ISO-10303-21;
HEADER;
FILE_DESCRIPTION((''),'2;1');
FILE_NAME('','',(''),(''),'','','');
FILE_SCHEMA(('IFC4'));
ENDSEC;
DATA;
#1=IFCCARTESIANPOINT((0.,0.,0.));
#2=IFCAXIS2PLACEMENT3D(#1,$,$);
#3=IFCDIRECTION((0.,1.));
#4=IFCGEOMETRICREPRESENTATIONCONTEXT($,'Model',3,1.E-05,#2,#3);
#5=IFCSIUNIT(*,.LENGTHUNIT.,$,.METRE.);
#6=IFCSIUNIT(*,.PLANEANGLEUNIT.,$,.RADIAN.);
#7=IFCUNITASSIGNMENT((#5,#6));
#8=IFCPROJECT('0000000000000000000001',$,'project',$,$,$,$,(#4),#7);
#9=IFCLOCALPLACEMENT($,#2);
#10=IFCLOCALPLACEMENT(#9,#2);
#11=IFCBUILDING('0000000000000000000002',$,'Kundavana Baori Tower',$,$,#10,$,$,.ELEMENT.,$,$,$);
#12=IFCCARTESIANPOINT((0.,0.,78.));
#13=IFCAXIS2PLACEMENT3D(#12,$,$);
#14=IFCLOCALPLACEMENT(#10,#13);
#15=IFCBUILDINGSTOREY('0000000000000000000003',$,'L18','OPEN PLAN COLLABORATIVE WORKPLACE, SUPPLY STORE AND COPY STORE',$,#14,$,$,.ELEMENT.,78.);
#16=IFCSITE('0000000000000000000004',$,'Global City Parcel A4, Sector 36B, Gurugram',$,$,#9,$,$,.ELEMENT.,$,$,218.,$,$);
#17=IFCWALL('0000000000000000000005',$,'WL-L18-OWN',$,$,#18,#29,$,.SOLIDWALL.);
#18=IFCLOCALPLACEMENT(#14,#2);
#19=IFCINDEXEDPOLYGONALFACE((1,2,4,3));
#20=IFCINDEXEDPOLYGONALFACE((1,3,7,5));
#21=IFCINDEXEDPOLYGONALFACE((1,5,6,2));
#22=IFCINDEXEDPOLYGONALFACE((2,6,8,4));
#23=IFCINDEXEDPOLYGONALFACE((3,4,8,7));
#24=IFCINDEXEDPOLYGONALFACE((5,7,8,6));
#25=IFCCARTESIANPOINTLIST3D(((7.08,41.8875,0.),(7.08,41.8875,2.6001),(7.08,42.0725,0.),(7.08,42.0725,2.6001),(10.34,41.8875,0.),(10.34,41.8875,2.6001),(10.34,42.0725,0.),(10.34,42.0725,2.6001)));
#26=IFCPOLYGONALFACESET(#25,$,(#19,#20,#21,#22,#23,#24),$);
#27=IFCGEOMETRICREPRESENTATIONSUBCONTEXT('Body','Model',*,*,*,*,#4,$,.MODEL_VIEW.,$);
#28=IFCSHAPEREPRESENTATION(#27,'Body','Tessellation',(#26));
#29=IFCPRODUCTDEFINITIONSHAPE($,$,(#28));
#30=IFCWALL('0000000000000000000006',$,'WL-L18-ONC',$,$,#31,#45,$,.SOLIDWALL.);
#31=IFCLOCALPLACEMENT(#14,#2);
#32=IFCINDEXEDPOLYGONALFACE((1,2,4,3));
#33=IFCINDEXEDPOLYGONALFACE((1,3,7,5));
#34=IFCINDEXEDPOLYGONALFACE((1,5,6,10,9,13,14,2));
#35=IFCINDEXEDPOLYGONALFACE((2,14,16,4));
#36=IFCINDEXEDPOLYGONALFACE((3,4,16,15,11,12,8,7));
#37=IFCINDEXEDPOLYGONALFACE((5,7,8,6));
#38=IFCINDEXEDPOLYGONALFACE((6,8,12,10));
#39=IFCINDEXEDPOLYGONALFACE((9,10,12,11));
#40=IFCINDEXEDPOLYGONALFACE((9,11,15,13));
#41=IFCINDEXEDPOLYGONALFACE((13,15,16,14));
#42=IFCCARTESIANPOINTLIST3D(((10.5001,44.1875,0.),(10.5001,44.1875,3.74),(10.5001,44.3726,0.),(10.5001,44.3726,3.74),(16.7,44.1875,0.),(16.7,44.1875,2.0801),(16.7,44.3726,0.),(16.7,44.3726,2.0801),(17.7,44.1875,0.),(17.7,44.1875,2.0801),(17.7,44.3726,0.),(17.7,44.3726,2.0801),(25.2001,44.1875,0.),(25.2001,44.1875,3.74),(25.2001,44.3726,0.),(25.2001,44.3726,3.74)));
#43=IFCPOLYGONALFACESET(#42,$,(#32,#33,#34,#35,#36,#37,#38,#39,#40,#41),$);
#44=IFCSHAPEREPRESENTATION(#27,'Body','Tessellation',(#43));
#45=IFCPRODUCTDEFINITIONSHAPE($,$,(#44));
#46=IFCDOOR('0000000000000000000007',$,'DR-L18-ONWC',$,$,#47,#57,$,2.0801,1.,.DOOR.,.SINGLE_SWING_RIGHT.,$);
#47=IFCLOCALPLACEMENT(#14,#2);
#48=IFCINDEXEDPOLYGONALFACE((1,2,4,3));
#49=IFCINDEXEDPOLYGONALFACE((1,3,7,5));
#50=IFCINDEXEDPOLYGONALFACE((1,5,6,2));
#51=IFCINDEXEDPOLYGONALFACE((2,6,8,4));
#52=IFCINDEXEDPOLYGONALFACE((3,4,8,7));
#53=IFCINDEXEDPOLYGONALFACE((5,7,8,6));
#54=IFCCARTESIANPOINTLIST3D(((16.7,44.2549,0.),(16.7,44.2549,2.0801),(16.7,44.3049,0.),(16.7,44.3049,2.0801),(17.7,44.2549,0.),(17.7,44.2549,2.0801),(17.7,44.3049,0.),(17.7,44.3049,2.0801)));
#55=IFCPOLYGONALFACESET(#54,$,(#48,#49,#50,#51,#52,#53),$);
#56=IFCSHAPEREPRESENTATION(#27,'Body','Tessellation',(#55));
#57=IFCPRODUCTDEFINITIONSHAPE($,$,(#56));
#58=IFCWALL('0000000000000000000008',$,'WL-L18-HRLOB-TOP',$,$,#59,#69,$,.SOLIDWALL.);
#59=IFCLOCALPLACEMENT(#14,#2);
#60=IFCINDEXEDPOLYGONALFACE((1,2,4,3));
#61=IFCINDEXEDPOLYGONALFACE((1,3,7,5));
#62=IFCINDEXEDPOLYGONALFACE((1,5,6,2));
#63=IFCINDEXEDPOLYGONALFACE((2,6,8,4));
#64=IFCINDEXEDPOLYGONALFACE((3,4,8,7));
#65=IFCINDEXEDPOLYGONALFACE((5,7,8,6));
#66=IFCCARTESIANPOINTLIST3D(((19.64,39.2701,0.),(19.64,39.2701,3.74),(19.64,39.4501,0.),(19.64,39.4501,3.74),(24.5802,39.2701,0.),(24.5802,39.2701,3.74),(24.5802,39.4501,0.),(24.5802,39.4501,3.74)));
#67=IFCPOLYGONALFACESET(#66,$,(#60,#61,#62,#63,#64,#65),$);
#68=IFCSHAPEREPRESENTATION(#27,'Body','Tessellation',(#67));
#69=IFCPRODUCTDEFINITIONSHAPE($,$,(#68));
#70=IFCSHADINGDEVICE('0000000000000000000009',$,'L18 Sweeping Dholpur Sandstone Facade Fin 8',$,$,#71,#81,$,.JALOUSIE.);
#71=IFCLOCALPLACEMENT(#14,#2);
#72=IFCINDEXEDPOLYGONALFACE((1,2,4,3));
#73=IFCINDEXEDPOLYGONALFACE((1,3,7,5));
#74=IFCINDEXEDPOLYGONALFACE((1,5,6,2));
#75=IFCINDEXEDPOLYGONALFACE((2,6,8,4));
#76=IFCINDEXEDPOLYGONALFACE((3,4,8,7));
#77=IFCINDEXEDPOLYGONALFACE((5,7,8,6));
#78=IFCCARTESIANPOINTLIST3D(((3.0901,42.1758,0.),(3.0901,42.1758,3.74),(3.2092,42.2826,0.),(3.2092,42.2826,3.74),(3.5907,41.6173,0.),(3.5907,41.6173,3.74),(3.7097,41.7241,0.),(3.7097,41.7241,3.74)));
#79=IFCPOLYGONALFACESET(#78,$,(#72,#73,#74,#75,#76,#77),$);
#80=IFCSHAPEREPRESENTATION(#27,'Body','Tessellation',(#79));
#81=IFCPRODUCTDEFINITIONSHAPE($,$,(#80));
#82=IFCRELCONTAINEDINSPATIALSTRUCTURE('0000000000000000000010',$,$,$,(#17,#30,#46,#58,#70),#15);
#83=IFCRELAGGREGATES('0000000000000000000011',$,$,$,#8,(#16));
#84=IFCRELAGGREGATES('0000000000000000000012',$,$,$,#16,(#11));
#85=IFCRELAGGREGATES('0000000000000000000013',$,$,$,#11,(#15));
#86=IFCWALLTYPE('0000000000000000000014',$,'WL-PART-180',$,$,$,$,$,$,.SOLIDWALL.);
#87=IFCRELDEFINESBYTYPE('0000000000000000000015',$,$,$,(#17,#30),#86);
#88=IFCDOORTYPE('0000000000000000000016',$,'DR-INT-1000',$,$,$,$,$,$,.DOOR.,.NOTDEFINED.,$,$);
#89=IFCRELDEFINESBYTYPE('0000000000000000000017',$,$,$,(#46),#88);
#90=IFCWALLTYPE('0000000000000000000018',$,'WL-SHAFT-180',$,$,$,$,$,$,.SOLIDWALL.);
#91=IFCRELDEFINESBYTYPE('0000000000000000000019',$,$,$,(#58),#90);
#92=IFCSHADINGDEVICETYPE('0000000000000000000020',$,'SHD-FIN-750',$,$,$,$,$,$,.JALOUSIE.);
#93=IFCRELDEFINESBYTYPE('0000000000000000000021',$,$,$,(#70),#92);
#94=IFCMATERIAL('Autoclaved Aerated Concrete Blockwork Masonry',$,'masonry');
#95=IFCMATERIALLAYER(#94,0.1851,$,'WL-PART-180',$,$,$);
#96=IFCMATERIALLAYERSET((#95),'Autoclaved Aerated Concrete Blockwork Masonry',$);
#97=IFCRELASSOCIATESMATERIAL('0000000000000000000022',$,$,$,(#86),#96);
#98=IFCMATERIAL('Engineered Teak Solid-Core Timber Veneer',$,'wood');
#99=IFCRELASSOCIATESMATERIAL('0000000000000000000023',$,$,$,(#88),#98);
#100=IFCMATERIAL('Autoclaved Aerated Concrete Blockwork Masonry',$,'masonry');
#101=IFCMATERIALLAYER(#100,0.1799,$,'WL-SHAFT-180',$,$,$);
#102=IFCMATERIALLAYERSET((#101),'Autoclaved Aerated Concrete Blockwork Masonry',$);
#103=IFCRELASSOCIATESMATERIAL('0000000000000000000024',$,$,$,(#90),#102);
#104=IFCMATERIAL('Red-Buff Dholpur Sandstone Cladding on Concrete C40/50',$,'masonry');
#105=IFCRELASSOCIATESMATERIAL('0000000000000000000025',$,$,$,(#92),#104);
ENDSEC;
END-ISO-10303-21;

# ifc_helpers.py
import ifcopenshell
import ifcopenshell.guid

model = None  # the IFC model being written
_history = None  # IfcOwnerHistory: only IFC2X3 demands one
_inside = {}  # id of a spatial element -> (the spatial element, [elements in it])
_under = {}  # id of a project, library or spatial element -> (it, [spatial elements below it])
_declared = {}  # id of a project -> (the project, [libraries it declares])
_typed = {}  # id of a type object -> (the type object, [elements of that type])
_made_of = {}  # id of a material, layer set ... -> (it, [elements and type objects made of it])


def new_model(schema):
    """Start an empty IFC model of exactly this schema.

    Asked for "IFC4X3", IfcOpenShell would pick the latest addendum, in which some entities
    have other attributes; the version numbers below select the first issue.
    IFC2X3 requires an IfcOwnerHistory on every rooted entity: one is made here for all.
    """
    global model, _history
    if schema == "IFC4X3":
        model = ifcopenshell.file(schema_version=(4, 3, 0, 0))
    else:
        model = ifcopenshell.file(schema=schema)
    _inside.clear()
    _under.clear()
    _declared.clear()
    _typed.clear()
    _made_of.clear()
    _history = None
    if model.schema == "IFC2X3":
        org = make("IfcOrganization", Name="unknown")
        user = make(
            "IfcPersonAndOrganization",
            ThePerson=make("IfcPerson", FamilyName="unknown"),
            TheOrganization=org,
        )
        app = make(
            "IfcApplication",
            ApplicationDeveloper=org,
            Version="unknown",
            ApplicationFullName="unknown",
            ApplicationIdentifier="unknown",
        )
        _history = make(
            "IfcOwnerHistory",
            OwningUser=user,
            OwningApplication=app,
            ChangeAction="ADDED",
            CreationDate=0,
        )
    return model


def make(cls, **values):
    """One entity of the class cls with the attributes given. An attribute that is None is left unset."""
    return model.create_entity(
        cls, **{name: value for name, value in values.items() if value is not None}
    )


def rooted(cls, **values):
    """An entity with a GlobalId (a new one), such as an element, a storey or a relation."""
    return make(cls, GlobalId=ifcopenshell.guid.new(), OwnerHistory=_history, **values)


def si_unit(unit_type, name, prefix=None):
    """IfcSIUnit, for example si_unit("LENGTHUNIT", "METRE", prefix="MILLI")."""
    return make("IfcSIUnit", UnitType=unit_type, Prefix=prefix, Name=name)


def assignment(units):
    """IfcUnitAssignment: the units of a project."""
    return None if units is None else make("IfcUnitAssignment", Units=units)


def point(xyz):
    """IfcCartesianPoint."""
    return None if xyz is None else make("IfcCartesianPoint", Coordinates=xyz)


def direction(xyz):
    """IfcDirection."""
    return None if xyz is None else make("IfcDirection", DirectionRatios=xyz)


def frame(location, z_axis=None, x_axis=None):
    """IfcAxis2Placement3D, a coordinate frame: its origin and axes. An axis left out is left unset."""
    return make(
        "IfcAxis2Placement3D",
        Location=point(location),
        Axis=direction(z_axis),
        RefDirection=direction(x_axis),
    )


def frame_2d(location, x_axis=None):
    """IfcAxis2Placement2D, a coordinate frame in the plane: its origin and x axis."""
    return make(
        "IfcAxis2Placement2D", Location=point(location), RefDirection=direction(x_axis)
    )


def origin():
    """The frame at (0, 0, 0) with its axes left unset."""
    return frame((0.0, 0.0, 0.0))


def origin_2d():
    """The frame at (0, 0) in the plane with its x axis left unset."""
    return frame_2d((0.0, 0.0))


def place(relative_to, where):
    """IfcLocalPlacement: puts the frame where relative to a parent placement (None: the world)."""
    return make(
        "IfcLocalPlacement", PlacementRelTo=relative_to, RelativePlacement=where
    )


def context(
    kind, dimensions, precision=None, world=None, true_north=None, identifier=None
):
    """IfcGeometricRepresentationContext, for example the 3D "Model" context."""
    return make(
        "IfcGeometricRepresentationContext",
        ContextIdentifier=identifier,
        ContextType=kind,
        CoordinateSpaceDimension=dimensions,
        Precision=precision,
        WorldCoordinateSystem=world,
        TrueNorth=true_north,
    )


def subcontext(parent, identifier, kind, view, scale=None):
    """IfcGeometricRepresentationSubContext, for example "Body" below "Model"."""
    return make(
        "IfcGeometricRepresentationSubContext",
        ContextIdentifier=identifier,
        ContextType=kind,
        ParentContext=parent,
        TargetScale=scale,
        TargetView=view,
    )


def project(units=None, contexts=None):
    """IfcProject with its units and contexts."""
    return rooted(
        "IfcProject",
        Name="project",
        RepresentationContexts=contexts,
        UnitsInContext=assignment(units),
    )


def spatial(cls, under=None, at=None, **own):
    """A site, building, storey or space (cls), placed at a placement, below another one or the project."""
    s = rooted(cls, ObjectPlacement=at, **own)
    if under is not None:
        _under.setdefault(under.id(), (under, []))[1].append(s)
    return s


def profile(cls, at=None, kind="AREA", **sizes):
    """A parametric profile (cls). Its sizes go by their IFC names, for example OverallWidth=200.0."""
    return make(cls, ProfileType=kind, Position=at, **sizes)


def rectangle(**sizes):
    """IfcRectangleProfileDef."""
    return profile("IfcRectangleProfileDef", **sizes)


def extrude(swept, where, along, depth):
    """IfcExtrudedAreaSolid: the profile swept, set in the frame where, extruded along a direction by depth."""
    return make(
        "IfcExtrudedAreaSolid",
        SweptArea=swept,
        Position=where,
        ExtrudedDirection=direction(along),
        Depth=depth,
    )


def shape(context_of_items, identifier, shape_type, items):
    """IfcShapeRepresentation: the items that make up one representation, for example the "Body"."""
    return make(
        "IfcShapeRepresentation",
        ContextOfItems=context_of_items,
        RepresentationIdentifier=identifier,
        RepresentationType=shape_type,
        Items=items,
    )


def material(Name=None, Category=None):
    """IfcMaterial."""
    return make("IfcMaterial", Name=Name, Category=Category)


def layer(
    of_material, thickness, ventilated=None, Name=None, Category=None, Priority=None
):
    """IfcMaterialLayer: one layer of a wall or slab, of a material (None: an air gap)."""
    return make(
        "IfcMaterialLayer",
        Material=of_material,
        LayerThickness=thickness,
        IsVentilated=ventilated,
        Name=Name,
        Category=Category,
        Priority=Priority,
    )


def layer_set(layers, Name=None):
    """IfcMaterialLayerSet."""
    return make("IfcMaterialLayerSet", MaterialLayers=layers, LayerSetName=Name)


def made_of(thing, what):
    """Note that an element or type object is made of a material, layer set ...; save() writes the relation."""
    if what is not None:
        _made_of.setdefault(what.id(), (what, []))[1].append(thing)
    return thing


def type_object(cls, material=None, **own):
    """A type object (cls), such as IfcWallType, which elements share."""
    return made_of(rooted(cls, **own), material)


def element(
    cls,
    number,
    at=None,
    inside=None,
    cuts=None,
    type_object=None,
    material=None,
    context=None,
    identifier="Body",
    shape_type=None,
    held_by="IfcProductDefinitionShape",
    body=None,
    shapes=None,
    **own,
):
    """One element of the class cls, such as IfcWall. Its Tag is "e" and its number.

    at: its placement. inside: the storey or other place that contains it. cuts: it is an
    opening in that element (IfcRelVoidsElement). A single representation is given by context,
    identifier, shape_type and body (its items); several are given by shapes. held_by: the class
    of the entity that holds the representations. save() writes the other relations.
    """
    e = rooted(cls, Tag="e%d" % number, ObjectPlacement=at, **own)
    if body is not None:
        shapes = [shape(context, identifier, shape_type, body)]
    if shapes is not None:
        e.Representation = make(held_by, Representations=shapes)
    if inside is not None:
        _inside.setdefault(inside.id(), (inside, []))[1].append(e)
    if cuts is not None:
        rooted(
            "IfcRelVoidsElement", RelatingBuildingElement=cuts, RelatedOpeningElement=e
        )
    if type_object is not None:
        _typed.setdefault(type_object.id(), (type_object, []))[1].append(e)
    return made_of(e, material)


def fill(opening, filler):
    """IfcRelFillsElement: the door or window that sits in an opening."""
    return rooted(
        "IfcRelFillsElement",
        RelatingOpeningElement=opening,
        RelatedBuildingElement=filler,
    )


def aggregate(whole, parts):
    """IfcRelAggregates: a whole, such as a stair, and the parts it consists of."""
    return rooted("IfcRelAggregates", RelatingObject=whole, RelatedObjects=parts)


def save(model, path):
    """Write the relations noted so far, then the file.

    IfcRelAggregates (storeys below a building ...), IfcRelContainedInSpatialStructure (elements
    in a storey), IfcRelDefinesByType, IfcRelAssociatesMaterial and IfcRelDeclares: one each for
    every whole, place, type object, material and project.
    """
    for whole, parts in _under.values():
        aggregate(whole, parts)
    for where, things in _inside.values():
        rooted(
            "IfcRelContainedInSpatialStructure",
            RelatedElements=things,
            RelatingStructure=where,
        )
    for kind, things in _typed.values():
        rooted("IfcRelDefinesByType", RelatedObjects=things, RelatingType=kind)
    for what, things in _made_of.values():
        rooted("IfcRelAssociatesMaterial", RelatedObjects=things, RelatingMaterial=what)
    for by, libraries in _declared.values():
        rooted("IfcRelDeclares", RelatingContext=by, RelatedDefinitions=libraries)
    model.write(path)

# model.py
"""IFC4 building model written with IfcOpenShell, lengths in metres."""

from ifc_helpers import new_model, si_unit, direction, frame, frame_2d, origin, origin_2d, place, context, subcontext, project, spatial, rectangle, extrude, material, layer, layer_set, type_object, element, fill, save


model = new_model("IFC4")

# Units and contexts
model_context = context("Model", 3, precision=1e-05, world=origin(), true_north=direction((0.0, 1.0)))
body_context = subcontext(model_context, "Body", "Model", "MODEL_VIEW")
ifc_project = project(units=[si_unit("LENGTHUNIT", "METRE"), si_unit("PLANEANGLEUNIT", "RADIAN")], contexts=[model_context])

# Site, building, storey
site_placement = place(None, origin())
site = spatial("IfcSite", under=ifc_project, at=site_placement, Name="Global City Parcel A4, Sector 36B, Gurugram", CompositionType="ELEMENT", RefElevation=218.0)
building_placement = place(site_placement, origin())
building = spatial("IfcBuilding", under=site, at=building_placement, Name="Kundavana Baori Tower", CompositionType="ELEMENT")
storey_placement = place(building_placement, frame((0.0, 0.0, 78.0)))
storey = spatial("IfcBuildingStorey", under=building, at=storey_placement, Name="L18", Description="OPEN PLAN COLLABORATIVE WORKPLACE, SUPPLY STORE AND COPY STORE", CompositionType="ELEMENT", Elevation=78.0)

# Wall
ifc_material_1 = material(Name="Autoclaved Aerated Concrete Blockwork Masonry", Category="masonry")
ifc_layer_1 = layer(ifc_material_1, 0.1851, Name="WL-PART-180")
ifc_layer_set_1 = layer_set([ifc_layer_1], Name="Autoclaved Aerated Concrete Blockwork Masonry")
wall_type_1 = type_object("IfcWallType", Name="WL-PART-180", PredefinedType="SOLIDWALL", material=ifc_layer_set_1)
wall_1_placement = place(storey_placement, frame((7.0801, 41.98, 0.0), z_axis=(0.0, 0.0, 1.0), x_axis=(1.0, 0.0, 0.0)))
element("IfcWall", 1, at=wall_1_placement, inside=storey, type_object=wall_type_1, Name="WL-L18-OWN", PredefinedType="SOLIDWALL", context=body_context, shape_type="SweptSolid", body=[
    extrude(rectangle(XDim=3.26, YDim=0.1851, at=frame_2d((1.6299, 0.0))), origin(), (0.0, 0.0, 1.0), 2.6001),
])

# Wall, opening, door
wall_2_placement = place(storey_placement, frame((10.5, 44.28, 0.0), z_axis=(0.0, 0.0, 1.0), x_axis=(1.0, 0.0, 0.0)))
wall_2 = element("IfcWall", 2, at=wall_2_placement, inside=storey, type_object=wall_type_1, Name="WL-L18-ONC", PredefinedType="SOLIDWALL", context=body_context, shape_type="SweptSolid", body=[
    extrude(rectangle(XDim=14.7, YDim=0.1851, at=frame_2d((7.3501, 0.0))), origin(), (0.0, 0.0, 1.0), 3.74),
])
opening_1_placement = place(wall_2_placement, frame((6.2, 0.0, 0.0)))
opening_1 = element("IfcOpeningElement", 3, at=opening_1_placement, cuts=wall_2, PredefinedType="OPENING", context=body_context, shape_type="SweptSolid", body=[
    extrude(rectangle(XDim=1.0, YDim=2.0801, at=frame_2d((0.5, 1.04))), frame((0.0, 0.1025, 0.0), z_axis=(0.0, -1.0, 0.0), x_axis=(1.0, 0.0, 0.0)), (0.0, 0.0, 1.0), 0.2051),
])
ifc_material_2 = material(Name="Engineered Teak Solid-Core Timber Veneer", Category="wood")
door_type_1 = type_object("IfcDoorType", Name="DR-INT-1000", OperationType="NOTDEFINED", PredefinedType="DOOR", material=ifc_material_2)
door_1_placement = place(opening_1_placement, origin())
door_1 = element("IfcDoor", 4, at=door_1_placement, inside=storey, type_object=door_type_1, Name="DR-L18-ONWC", OperationType="SINGLE_SWING_RIGHT", OverallHeight=2.0801, OverallWidth=1.0, PredefinedType="DOOR", context=body_context, shape_type="SweptSolid", body=[
    extrude(rectangle(XDim=1.0, YDim=2.0801, at=frame_2d((0.5, 1.04))), frame((0.0, 0.0249, 0.0), z_axis=(0.0, -1.0, 0.0), x_axis=(1.0, 0.0, 0.0)), (0.0, 0.0, 1.0), 0.05),
])
fill(opening_1, door_1)

# Wall
ifc_material_3 = material(Name="Autoclaved Aerated Concrete Blockwork Masonry", Category="masonry")
ifc_layer_2 = layer(ifc_material_3, 0.1799, Name="WL-SHAFT-180")
ifc_layer_set_2 = layer_set([ifc_layer_2], Name="Autoclaved Aerated Concrete Blockwork Masonry")
wall_type_2 = type_object("IfcWallType", Name="WL-SHAFT-180", PredefinedType="SOLIDWALL", material=ifc_layer_set_2)
wall_3_placement = place(storey_placement, frame((19.6399, 39.3601, 0.0), z_axis=(0.0, 0.0, 1.0), x_axis=(1.0, 0.0, 0.0)))
element("IfcWall", 5, at=wall_3_placement, inside=storey, type_object=wall_type_2, Name="WL-L18-HRLOB-TOP", PredefinedType="SOLIDWALL", context=body_context, shape_type="SweptSolid", body=[
    extrude(rectangle(XDim=4.9402, YDim=0.1799, at=frame_2d((2.4702, 0.0))), origin(), (0.0, 0.0, 1.0), 3.74),
])

# Shading device
ifc_material_4 = material(Name="Red-Buff Dholpur Sandstone Cladding on Concrete C40/50", Category="masonry")
shading_device_type = type_object("IfcShadingDeviceType", Name="SHD-FIN-750", PredefinedType="JALOUSIE", material=ifc_material_4)
shading_device_placement = place(storey_placement, frame((3.3999, 41.95, 0.0), z_axis=(0.0, 0.0, 1.0), x_axis=(0.744661, 0.667443, 0.0)))
element("IfcShadingDevice", 6, at=shading_device_placement, inside=storey, type_object=shading_device_type, Name="L18 Sweeping Dholpur Sandstone Facade Fin 8", PredefinedType="JALOUSIE", context=body_context, shape_type="SweptSolid", body=[
    extrude(rectangle(XDim=0.1599, YDim=0.75, at=origin_2d()), origin(), (0.0, 0.0, 1.0), 3.74),
])

save(model, "model.ifc")
